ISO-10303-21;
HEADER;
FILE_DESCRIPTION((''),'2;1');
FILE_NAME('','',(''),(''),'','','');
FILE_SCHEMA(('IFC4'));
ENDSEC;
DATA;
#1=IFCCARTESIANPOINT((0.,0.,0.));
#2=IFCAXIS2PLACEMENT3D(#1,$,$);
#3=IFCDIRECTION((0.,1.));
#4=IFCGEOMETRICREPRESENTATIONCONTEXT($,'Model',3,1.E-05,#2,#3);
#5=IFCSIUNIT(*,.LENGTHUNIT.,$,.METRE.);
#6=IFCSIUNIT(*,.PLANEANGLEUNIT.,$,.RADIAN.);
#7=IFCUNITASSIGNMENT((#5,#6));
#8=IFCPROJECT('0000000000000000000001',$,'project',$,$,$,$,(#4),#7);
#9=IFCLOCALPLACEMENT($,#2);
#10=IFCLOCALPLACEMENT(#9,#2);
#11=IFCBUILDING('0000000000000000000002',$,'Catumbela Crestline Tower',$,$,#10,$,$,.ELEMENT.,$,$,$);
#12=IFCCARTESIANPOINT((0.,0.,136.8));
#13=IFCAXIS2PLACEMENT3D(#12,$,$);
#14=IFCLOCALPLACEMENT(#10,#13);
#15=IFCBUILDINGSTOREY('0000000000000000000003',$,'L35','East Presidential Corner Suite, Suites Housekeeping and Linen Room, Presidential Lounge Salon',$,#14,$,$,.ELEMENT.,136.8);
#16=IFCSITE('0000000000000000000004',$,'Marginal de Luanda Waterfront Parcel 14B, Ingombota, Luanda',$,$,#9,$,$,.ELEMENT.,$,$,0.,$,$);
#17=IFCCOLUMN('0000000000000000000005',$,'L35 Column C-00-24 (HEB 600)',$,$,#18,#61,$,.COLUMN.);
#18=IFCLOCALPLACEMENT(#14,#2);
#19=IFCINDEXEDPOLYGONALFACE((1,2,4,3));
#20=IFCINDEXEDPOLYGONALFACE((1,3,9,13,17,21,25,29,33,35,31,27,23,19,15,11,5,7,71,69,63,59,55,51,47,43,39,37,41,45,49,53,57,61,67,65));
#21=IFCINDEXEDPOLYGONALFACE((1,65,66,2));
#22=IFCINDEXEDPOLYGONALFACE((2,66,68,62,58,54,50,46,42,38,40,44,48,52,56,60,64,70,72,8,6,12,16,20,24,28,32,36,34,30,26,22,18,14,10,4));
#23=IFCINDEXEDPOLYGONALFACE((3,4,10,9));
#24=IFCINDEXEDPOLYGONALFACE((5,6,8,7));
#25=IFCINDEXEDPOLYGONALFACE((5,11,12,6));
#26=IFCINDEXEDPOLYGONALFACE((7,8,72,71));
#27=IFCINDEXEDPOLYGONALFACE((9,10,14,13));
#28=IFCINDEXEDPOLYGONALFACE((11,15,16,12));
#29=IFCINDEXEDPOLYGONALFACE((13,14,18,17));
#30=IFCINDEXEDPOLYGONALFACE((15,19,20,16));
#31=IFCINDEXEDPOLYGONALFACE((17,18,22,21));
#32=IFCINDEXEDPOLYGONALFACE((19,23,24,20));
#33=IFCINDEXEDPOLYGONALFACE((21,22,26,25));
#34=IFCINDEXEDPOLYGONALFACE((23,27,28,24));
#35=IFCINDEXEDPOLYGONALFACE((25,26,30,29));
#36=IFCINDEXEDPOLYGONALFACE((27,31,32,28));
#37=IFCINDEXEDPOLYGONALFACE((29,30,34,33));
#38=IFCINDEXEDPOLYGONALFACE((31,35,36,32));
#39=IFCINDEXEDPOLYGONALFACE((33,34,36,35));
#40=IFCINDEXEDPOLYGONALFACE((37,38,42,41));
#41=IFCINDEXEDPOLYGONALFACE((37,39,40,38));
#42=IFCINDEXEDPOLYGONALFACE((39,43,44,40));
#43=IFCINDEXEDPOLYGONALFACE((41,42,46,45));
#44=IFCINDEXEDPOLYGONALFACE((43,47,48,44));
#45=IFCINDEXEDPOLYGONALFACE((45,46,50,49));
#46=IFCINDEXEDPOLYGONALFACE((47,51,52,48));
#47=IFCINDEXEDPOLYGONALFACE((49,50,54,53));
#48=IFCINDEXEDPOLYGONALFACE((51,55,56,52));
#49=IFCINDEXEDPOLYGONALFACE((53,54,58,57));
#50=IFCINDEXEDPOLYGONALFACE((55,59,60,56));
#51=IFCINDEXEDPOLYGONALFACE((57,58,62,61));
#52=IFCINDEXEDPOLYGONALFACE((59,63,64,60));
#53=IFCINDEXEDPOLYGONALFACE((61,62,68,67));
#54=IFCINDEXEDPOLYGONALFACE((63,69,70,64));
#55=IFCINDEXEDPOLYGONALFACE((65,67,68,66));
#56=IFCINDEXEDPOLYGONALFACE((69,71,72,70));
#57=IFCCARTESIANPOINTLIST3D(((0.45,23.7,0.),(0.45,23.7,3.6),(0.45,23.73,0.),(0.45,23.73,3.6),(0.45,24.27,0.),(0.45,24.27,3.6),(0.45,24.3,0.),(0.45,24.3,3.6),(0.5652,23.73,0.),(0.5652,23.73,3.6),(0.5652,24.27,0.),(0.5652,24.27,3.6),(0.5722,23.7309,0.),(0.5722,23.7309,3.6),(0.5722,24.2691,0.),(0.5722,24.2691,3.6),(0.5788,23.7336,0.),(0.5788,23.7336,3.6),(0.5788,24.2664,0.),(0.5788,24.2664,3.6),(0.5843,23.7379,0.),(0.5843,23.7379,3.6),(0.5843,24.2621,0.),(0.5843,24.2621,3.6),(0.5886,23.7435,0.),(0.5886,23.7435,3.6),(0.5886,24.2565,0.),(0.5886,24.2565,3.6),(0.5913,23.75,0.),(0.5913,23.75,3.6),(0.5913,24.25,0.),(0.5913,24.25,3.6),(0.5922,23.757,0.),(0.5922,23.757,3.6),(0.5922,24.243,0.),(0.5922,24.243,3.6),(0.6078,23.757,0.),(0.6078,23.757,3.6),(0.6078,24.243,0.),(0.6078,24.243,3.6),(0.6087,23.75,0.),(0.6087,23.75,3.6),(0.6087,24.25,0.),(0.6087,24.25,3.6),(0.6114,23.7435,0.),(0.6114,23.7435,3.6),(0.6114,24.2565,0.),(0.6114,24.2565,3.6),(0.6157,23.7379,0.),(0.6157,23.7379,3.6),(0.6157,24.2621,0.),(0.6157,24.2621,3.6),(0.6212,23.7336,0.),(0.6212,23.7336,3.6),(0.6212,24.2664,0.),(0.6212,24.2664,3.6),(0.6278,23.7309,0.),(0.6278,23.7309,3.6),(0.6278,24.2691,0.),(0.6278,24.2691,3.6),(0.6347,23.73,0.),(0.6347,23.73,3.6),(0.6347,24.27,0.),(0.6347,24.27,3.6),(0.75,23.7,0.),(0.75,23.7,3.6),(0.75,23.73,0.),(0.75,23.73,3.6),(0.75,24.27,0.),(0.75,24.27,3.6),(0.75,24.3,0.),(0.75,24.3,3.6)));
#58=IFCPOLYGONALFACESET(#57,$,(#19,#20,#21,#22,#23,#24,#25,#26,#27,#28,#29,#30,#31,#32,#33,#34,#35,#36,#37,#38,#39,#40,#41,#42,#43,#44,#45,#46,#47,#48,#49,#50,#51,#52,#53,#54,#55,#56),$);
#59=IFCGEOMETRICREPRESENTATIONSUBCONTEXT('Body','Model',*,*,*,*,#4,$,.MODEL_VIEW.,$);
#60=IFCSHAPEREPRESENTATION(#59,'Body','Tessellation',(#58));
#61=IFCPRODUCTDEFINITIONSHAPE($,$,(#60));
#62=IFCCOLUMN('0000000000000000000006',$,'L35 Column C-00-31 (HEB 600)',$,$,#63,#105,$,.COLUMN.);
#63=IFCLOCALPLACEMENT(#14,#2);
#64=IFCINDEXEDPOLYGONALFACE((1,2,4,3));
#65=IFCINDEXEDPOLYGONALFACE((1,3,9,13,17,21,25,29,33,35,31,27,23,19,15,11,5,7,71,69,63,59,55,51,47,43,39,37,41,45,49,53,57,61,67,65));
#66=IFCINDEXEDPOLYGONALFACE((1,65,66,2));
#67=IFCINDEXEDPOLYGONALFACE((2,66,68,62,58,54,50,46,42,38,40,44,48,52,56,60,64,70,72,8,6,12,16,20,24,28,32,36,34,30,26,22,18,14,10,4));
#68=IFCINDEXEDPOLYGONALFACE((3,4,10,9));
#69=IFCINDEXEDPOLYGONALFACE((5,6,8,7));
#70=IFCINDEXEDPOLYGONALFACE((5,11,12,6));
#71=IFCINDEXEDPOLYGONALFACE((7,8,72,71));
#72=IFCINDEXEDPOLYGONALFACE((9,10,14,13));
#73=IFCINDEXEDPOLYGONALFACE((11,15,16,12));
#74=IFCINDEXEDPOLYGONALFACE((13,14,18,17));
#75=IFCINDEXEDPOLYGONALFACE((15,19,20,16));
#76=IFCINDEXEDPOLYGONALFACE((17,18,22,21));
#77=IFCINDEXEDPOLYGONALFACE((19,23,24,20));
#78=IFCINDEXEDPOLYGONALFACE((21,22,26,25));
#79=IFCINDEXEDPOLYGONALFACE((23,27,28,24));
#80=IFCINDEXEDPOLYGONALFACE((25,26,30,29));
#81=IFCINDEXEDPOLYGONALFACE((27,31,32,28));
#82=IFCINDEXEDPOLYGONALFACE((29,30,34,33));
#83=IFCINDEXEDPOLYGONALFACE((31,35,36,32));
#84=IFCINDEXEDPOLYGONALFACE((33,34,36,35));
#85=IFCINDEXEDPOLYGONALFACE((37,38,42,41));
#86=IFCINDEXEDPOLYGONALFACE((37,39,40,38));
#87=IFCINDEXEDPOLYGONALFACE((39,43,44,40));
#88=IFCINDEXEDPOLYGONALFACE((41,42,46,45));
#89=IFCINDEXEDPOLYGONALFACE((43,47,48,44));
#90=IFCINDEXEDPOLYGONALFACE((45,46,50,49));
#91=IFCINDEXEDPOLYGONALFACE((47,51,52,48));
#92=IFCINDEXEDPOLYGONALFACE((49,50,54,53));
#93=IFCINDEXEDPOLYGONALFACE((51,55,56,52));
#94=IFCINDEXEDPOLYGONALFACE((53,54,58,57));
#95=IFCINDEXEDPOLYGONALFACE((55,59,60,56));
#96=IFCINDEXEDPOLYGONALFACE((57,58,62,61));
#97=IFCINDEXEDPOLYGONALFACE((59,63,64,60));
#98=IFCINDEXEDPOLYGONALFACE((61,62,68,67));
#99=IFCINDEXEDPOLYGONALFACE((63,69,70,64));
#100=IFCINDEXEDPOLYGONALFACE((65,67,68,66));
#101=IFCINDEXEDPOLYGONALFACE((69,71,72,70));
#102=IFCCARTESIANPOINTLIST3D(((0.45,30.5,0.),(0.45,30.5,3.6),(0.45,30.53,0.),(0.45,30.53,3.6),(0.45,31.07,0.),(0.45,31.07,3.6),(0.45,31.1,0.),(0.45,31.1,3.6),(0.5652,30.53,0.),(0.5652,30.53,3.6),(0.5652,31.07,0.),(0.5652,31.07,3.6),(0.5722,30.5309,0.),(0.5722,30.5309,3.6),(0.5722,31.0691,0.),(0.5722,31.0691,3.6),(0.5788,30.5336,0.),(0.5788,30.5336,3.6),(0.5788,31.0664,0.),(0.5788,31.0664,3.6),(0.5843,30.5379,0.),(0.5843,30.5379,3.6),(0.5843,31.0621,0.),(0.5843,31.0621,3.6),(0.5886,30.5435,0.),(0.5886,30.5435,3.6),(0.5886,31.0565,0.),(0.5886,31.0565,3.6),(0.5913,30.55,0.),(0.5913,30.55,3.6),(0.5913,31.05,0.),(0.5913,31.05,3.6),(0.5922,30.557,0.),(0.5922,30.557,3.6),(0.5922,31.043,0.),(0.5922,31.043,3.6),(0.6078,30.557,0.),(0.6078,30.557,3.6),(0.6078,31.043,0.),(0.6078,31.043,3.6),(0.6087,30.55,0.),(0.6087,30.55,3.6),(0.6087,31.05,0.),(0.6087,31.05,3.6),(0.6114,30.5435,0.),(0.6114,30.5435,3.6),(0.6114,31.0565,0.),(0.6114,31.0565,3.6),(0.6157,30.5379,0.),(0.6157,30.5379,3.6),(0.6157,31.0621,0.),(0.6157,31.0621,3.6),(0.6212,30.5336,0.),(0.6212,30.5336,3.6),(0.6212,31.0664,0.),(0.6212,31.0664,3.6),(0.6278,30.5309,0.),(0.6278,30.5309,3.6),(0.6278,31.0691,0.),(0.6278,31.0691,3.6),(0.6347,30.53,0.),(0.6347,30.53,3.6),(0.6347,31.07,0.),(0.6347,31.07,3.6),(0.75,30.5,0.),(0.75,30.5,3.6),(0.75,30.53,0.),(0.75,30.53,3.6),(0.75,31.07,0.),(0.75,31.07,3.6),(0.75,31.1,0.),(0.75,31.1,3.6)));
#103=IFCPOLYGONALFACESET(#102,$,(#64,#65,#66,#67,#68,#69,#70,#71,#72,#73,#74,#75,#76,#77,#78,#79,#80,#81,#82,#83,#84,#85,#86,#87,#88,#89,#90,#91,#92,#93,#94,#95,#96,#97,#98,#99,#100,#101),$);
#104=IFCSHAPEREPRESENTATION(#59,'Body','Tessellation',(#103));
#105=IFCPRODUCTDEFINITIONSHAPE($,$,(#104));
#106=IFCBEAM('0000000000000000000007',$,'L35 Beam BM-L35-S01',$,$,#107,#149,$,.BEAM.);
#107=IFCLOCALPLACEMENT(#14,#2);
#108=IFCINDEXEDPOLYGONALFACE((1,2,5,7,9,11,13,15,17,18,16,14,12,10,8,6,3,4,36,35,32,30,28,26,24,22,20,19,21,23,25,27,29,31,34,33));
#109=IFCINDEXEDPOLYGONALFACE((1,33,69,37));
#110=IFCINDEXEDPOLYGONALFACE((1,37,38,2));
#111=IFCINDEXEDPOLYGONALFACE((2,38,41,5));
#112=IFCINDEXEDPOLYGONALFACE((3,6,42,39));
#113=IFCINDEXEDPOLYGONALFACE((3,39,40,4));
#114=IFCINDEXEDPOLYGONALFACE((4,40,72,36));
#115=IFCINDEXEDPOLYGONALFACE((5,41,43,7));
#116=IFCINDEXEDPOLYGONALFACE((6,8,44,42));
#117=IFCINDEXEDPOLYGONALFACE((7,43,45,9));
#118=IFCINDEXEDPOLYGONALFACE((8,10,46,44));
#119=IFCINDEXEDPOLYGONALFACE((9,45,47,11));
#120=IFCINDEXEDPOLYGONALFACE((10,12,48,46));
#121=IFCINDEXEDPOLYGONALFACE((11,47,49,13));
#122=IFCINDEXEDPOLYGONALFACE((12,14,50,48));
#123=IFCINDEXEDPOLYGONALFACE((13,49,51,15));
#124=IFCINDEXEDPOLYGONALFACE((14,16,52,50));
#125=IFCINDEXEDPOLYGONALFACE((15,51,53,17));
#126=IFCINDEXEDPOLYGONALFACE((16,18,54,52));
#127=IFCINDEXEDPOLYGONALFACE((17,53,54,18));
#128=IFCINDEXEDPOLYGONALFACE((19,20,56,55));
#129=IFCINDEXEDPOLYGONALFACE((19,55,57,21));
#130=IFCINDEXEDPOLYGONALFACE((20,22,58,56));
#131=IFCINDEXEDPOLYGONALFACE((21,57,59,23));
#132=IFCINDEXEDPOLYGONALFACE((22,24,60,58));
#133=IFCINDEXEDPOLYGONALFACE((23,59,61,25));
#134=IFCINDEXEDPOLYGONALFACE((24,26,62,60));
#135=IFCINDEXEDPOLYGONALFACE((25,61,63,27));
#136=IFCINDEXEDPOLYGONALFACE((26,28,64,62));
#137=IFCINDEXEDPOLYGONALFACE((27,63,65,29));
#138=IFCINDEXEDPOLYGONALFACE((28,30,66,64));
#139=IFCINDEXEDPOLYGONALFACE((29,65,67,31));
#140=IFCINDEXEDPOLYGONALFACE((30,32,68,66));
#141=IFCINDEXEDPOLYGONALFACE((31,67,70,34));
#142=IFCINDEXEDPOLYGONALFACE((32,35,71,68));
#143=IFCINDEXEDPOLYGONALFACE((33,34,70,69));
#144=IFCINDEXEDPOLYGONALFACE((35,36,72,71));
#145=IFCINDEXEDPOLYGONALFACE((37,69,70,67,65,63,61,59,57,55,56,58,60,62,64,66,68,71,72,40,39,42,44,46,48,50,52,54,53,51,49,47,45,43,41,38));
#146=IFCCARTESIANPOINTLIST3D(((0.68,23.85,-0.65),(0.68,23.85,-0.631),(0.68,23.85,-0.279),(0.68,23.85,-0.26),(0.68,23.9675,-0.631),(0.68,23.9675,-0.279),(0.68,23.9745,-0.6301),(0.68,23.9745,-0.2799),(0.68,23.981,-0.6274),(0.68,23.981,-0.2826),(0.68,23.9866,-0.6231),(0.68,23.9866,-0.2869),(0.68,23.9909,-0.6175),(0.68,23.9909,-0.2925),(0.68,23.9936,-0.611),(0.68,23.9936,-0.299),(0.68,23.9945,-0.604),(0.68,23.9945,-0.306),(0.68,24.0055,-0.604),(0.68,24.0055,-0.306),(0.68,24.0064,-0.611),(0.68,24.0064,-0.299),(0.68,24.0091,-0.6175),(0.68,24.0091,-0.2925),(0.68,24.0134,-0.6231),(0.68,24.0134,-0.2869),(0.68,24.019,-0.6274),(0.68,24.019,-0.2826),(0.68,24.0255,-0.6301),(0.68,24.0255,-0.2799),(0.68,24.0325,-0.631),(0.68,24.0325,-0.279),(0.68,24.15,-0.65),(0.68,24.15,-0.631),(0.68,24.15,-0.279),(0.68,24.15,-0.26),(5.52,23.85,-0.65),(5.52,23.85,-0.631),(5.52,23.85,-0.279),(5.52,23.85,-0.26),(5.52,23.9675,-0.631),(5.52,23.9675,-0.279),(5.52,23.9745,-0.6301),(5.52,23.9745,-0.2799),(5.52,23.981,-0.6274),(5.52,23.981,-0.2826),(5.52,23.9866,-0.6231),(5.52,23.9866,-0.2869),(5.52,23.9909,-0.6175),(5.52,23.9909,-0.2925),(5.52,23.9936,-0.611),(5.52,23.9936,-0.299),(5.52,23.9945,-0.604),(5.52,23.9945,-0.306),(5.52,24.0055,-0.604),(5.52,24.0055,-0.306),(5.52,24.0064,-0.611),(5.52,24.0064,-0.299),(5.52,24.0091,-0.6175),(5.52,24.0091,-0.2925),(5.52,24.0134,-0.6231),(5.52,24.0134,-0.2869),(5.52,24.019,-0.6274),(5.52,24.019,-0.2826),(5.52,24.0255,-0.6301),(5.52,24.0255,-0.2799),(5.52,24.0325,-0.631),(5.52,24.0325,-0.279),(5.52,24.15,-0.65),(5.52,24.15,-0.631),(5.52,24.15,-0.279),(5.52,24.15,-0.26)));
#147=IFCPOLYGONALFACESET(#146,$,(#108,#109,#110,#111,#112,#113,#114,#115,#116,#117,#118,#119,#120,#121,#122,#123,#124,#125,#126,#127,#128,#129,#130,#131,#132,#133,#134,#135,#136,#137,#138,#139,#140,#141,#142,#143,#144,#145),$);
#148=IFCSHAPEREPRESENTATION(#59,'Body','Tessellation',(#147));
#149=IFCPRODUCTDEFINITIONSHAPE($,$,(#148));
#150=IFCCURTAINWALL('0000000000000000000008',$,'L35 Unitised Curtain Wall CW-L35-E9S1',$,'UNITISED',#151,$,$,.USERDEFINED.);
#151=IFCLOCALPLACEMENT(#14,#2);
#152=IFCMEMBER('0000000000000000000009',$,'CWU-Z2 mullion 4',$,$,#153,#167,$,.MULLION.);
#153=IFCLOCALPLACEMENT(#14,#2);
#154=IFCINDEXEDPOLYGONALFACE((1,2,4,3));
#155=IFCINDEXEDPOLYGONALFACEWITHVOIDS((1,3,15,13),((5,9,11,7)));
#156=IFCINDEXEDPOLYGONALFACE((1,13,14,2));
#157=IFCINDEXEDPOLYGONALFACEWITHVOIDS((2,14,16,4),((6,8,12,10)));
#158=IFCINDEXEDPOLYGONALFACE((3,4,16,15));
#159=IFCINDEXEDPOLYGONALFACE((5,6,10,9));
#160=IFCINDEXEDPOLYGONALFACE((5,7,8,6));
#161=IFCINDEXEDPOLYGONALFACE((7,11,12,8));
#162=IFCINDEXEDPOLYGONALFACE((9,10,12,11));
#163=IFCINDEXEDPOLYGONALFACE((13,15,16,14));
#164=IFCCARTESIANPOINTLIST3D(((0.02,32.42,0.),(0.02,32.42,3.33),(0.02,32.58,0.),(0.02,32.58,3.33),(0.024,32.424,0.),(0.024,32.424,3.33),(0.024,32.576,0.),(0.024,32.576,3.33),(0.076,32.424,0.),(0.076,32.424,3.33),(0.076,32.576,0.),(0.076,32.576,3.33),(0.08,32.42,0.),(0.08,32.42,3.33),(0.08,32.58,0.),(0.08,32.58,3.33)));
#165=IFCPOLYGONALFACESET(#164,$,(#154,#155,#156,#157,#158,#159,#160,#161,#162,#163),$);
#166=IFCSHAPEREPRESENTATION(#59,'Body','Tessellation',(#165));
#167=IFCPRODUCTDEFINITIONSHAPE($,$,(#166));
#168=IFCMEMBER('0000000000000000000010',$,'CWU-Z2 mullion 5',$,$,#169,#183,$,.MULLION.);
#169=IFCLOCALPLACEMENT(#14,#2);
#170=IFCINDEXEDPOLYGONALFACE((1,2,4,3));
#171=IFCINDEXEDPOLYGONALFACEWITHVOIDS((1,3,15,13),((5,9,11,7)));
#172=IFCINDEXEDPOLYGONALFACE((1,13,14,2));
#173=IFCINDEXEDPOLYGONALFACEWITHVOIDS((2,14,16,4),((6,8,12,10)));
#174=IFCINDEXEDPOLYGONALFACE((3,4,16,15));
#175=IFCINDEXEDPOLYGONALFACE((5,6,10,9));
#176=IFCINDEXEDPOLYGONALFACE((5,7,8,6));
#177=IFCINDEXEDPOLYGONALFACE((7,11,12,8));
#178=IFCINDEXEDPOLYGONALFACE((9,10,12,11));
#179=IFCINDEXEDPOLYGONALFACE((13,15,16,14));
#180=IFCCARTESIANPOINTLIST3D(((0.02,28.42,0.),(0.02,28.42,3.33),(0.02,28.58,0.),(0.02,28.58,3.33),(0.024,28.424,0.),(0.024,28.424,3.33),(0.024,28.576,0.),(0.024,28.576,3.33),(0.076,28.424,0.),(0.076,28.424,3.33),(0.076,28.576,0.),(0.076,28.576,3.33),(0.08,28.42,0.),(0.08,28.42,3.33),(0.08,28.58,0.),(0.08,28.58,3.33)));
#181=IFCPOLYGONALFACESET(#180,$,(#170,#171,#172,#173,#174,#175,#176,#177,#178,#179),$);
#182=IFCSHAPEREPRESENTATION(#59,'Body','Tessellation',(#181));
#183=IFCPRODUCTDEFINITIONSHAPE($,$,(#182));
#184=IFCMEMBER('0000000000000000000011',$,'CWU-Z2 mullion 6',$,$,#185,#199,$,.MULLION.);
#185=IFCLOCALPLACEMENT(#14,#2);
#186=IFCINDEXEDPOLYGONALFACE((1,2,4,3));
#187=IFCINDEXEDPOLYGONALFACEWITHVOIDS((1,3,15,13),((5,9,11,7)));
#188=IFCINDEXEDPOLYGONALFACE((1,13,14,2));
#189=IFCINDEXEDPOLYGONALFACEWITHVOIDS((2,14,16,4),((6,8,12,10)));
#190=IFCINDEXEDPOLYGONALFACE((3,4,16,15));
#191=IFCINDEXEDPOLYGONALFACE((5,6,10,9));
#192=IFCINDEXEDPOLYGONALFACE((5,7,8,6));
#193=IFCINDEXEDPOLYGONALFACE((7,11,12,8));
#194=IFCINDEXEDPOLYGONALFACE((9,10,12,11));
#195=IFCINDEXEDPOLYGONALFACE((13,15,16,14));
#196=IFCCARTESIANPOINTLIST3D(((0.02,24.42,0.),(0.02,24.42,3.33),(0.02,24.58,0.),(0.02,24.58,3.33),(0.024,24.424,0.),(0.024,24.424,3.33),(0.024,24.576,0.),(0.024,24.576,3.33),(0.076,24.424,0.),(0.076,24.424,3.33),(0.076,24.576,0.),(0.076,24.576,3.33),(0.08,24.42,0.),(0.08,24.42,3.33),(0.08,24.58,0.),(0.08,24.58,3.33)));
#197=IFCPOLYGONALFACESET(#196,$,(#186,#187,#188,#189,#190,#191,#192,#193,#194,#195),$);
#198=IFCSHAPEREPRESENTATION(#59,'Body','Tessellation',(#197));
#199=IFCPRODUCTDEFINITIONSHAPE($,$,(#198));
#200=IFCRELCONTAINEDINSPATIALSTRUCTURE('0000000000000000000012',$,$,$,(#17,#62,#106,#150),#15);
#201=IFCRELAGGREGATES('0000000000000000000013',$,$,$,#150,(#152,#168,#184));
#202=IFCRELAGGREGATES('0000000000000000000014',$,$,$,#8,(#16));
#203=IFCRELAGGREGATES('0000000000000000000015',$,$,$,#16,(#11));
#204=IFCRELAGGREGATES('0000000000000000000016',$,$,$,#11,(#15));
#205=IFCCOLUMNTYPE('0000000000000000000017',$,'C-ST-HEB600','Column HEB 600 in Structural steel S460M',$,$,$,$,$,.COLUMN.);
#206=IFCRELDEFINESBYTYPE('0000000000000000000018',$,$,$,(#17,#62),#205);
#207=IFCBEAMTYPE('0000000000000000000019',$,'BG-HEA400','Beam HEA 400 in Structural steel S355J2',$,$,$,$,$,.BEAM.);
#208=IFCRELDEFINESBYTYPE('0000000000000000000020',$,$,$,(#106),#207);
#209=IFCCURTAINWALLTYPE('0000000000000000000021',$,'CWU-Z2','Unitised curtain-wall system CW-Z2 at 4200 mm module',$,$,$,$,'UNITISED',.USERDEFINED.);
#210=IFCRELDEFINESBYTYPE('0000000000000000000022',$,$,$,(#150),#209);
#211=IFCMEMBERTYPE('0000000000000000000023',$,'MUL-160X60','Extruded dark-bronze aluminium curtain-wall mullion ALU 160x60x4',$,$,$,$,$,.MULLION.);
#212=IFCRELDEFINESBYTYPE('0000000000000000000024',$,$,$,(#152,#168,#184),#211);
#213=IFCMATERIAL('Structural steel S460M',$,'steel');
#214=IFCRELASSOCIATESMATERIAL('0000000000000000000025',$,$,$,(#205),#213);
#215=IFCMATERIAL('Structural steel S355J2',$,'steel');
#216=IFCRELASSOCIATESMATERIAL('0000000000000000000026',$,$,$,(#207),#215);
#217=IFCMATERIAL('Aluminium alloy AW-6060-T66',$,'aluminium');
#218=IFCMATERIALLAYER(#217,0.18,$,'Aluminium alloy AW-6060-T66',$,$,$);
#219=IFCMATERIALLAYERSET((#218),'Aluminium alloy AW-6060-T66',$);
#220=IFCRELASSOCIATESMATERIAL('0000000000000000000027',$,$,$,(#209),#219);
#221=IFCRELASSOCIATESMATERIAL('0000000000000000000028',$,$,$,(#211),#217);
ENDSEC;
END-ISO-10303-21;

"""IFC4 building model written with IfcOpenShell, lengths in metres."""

from ifc_helpers import new_model, si_unit, direction, frame, origin, origin_2d, place, context, subcontext, project, spatial, hollow_rectangle, i_section, extrude, material, layer, layer_set, material_profile, profile_set, type_object, element, aggregate, save


model = new_model("IFC4")

# Units and contexts
model_context = context("Model", 3, precision=1e-05, world=origin(), true_north=direction((0.0, 1.0)))
body_context = subcontext(model_context, "Body", "Model", "MODEL_VIEW")
ifc_project = project(units=[si_unit("LENGTHUNIT", "METRE"), si_unit("PLANEANGLEUNIT", "RADIAN")], contexts=[model_context])

# Site, building, storey
site_placement = place(None, origin())
site = spatial("IfcSite", under=ifc_project, at=site_placement, Name="Marginal de Luanda Waterfront Parcel 14B, Ingombota, Luanda", CompositionType="ELEMENT", RefElevation=0.0)
building_placement = place(site_placement, origin())
building = spatial("IfcBuilding", under=site, at=building_placement, Name="Catumbela Crestline Tower", CompositionType="ELEMENT")
storey_placement = place(building_placement, frame((0.0, 0.0, 136.8)))
storey = spatial("IfcBuildingStorey", under=building, at=storey_placement, Name="L35", Description="East Presidential Corner Suite, Suites Housekeeping and Linen Room, Presidential Lounge Salon", CompositionType="ELEMENT", Elevation=136.8)

# Columns
ifc_material_1 = material(Name="Structural steel S460M", Category="steel")
ifc_material_profile_1 = material_profile(ifc_material_1, i_section(OverallWidth=0.3, OverallDepth=0.6, WebThickness=0.0155, FlangeThickness=0.03, FilletRadius=0.027, at=origin_2d()), Name="HEB 600")
ifc_profile_set_1 = profile_set([ifc_material_profile_1], Name="Structural steel S460M")
column_type = type_object("IfcColumnType", Name="C-ST-HEB600", Description="Column HEB 600 in Structural steel S460M", PredefinedType="COLUMN", material=ifc_profile_set_1)
for number, where, z_axis, x_axis, name in (
    (1, (0.6, 24.0, 0.0), (0.0, 0.0, 1.0), (1.0, 0.0, 0.0), "L35 Column C-00-24 (HEB 600)"),
    (2, (0.6, 30.8, 0.0), (0.0, 0.0, 1.0), (1.0, 0.0, 0.0), "L35 Column C-00-31 (HEB 600)"),
):
    element("IfcColumn", number, at=place(storey_placement, frame(where, z_axis=z_axis, x_axis=x_axis)), inside=storey, type_object=column_type, Name=name, PredefinedType="COLUMN", context=body_context, shape_type="SweptSolid", body=[
        extrude(i_section(OverallWidth=0.3, OverallDepth=0.6, WebThickness=0.0155, FlangeThickness=0.03, FilletRadius=0.027, at=origin_2d()), origin(), (0.0, 0.0, 1.0), 3.6),
    ])

# Beam
ifc_material_2 = material(Name="Structural steel S355J2", Category="steel")
ifc_material_profile_2 = material_profile(ifc_material_2, i_section(OverallWidth=0.3, OverallDepth=0.39, WebThickness=0.011, FlangeThickness=0.019, FilletRadius=0.027, at=origin_2d()), Name="HEA 400")
ifc_profile_set_2 = profile_set([ifc_material_profile_2], Name="Structural steel S355J2")
beam_type_1 = type_object("IfcBeamType", Name="BG-HEA400", Description="Beam HEA 400 in Structural steel S355J2", PredefinedType="BEAM", material=ifc_profile_set_2)
beam_1_placement = place(storey_placement, frame((0.68, 24.0, -0.455), z_axis=(1.0, 0.0, 0.0), x_axis=(0.0, 1.0, 0.0)))
element("IfcBeam", 3, at=beam_1_placement, inside=storey, type_object=beam_type_1, Name="L35 Beam BM-L35-S01", PredefinedType="BEAM", context=body_context, shape_type="SweptSolid", body=[
    extrude(i_section(OverallWidth=0.3, OverallDepth=0.39, WebThickness=0.011, FlangeThickness=0.019, FilletRadius=0.027, at=origin_2d()), origin(), (0.0, 0.0, 1.0), 4.84),
])

# Curtain wall, members
ifc_material_3 = material(Name="Aluminium alloy AW-6060-T66", Category="aluminium")
ifc_layer_1 = layer(ifc_material_3, 0.18, Name="Aluminium alloy AW-6060-T66")
ifc_layer_set_1 = layer_set([ifc_layer_1], Name="Aluminium alloy AW-6060-T66")
curtain_wall_type = type_object("IfcCurtainWallType", Name="CWU-Z2", Description="Unitised curtain-wall system CW-Z2 at 4200 mm module", ElementType="UNITISED", PredefinedType="USERDEFINED", material=ifc_layer_set_1)
curtain_wall_placement = place(storey_placement, origin())
curtain_wall = element("IfcCurtainWall", 4, at=curtain_wall_placement, inside=storey, type_object=curtain_wall_type, Name="L35 Unitised Curtain Wall CW-L35-E9S1", ObjectType="UNITISED", PredefinedType="USERDEFINED")
ifc_material_profile_3 = material_profile(ifc_material_3, hollow_rectangle(XDim=0.06, YDim=0.16, WallThickness=0.004, at=origin_2d()), Name="ALU 160x60x4")
ifc_profile_set_3 = profile_set([ifc_material_profile_3], Name="Aluminium alloy AW-6060-T66")
member_type_1 = type_object("IfcMemberType", Name="MUL-160X60", Description="Extruded dark-bronze aluminium curtain-wall mullion ALU 160x60x4", PredefinedType="MULLION", material=ifc_profile_set_3)
member_1_placement = place(storey_placement, frame((0.05, 32.5, 0.0), z_axis=(0.0, 0.0, 1.0), x_axis=(1.0, 0.0, 0.0)))
member_1 = element("IfcMember", 5, at=member_1_placement, type_object=member_type_1, Name="CWU-Z2 mullion 4", PredefinedType="MULLION", context=body_context, shape_type="SweptSolid", body=[
    extrude(hollow_rectangle(XDim=0.06, YDim=0.16, WallThickness=0.004, at=origin_2d()), origin(), (0.0, 0.0, 1.0), 3.33),
])
member_2_placement = place(storey_placement, frame((0.05, 28.5, 0.0), z_axis=(0.0, 0.0, 1.0), x_axis=(1.0, 0.0, 0.0)))
member_2 = element("IfcMember", 6, at=member_2_placement, type_object=member_type_1, Name="CWU-Z2 mullion 5", PredefinedType="MULLION", context=body_context, shape_type="SweptSolid", body=[
    extrude(hollow_rectangle(XDim=0.06, YDim=0.16, WallThickness=0.004, at=origin_2d()), origin(), (0.0, 0.0, 1.0), 3.33),
])
member_3_placement = place(storey_placement, frame((0.05, 24.5, 0.0), z_axis=(0.0, 0.0, 1.0), x_axis=(1.0, 0.0, 0.0)))
member_3 = element("IfcMember", 7, at=member_3_placement, type_object=member_type_1, Name="CWU-Z2 mullion 6", PredefinedType="MULLION", context=body_context, shape_type="SweptSolid", body=[
    extrude(hollow_rectangle(XDim=0.06, YDim=0.16, WallThickness=0.004, at=origin_2d()), origin(), (0.0, 0.0, 1.0), 3.33),
])

aggregate(curtain_wall, [member_1, member_2, member_3])

save(model, "model.ifc")
